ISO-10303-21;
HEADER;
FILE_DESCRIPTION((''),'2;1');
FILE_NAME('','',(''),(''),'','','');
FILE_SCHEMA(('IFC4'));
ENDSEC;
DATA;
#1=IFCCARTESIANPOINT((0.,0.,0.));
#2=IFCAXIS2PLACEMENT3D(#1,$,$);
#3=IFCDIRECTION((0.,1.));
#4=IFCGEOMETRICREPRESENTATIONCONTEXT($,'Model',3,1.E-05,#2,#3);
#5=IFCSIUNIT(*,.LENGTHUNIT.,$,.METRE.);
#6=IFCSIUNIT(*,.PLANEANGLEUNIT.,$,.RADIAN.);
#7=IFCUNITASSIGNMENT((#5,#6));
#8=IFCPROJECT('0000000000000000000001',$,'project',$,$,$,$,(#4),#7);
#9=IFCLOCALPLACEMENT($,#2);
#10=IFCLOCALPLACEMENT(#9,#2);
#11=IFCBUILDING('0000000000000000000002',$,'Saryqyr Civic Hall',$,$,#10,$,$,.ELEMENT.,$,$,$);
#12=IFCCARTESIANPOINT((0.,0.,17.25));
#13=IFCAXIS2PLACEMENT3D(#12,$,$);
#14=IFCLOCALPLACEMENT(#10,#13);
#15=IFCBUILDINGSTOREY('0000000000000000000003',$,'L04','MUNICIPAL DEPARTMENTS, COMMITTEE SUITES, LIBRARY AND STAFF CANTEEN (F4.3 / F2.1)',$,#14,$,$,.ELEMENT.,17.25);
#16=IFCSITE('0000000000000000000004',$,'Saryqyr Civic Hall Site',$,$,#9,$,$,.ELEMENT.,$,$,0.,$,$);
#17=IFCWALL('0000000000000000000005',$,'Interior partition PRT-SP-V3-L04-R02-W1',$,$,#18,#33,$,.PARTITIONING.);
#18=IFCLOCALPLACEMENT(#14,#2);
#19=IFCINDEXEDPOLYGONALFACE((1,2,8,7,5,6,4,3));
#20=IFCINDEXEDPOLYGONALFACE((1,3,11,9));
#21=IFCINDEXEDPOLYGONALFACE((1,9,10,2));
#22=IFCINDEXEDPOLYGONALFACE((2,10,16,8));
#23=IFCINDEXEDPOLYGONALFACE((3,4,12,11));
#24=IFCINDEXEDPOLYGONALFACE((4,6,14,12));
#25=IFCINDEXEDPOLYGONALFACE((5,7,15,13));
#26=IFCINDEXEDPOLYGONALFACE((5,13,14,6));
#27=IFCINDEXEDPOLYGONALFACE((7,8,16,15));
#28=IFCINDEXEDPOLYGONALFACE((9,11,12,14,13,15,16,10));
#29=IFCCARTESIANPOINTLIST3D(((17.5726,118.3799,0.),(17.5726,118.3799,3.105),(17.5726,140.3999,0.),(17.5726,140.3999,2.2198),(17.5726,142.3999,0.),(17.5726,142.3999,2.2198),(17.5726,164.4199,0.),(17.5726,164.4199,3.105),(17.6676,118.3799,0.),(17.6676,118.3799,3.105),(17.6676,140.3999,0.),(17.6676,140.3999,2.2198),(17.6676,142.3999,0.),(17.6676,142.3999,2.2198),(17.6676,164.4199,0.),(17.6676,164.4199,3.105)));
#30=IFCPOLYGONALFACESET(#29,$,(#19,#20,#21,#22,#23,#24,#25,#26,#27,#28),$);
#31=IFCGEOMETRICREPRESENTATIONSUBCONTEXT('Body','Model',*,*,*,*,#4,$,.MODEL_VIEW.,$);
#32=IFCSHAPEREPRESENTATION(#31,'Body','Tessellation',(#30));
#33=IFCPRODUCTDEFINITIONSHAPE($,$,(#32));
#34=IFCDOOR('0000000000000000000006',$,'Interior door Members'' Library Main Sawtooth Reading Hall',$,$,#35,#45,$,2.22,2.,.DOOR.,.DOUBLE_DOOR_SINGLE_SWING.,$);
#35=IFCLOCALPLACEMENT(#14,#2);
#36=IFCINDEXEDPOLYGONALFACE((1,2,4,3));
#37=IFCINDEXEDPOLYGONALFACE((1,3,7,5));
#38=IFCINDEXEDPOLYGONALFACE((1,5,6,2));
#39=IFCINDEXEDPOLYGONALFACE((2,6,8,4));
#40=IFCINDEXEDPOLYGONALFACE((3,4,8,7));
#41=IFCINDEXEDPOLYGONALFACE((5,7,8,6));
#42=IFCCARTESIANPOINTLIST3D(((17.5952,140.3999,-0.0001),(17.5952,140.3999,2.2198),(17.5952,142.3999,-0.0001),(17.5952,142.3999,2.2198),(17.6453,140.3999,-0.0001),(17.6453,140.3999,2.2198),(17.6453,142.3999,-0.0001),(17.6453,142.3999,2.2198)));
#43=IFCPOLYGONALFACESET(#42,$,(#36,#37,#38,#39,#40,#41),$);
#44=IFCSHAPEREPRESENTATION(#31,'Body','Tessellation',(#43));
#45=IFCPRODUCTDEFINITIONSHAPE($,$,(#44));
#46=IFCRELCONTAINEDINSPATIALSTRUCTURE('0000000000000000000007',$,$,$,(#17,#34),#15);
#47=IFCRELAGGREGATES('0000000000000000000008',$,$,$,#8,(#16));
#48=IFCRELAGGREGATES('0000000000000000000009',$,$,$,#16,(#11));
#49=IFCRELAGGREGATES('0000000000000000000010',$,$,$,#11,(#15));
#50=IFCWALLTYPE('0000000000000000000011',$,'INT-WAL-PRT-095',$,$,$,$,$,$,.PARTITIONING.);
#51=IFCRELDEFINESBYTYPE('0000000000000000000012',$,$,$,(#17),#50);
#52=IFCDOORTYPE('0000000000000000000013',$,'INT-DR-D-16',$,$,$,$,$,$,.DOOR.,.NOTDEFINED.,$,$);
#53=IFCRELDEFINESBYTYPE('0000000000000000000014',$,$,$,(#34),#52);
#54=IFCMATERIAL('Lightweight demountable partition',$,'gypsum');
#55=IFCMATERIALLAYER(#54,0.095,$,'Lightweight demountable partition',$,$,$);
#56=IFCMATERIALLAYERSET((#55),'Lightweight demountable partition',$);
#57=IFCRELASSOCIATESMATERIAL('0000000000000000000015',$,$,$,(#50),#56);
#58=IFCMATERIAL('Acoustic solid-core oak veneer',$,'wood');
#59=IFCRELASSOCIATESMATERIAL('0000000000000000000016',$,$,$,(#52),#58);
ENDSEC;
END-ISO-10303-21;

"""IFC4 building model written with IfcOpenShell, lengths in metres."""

from ifc_helpers import new_model, si_unit, direction, frame, frame_2d, origin, place, context, subcontext, project, spatial, rectangle, extrude, material, layer, layer_set, type_object, element, fill, save


model = new_model("IFC4")

# Units and contexts
model_context = context("Model", 3, precision=1e-05, world=origin(), true_north=direction((0.0, 1.0)))
body_context = subcontext(model_context, "Body", "Model", "MODEL_VIEW")
ifc_project = project(units=[si_unit("LENGTHUNIT", "METRE"), si_unit("PLANEANGLEUNIT", "RADIAN")], contexts=[model_context])

# Site, building, storey
site_placement = place(None, origin())
site = spatial("IfcSite", under=ifc_project, at=site_placement, Name="Saryqyr Civic Hall Site", CompositionType="ELEMENT", RefElevation=0.0)
building_placement = place(site_placement, origin())
building = spatial("IfcBuilding", under=site, at=building_placement, Name="Saryqyr Civic Hall", CompositionType="ELEMENT")
storey_placement = place(building_placement, frame((0.0, 0.0, 17.25)))
storey = spatial("IfcBuildingStorey", under=building, at=storey_placement, Name="L04", Description="MUNICIPAL DEPARTMENTS, COMMITTEE SUITES, LIBRARY AND STAFF CANTEEN (F4.3 / F2.1)", CompositionType="ELEMENT", Elevation=17.25)

# Wall, opening, door
ifc_material_1 = material(Name="Lightweight demountable partition", Category="gypsum")
ifc_layer_1 = layer(ifc_material_1, 0.095, Name="Lightweight demountable partition")
ifc_layer_set_1 = layer_set([ifc_layer_1], Name="Lightweight demountable partition")
wall_type_1 = type_object("IfcWallType", Name="INT-WAL-PRT-095", PredefinedType="PARTITIONING", material=ifc_layer_set_1)
wall_1_placement = place(storey_placement, frame((17.6201, 118.3799, 0.0), z_axis=(0.0, 0.0, 1.0), x_axis=(0.0, 1.0, 0.0)))
wall_1 = element("IfcWall", 1, at=wall_1_placement, inside=storey, type_object=wall_type_1, Name="Interior partition PRT-SP-V3-L04-R02-W1", PredefinedType="PARTITIONING", context=body_context, shape_type="SweptSolid", body=[
    extrude(rectangle(XDim=46.04, YDim=0.095, at=frame_2d((23.02, 0.0))), origin(), (0.0, 0.0, 1.0), 3.105),
])
opening_1_placement = place(wall_1_placement, frame((22.02, 0.0, 0.0)))
opening_1 = element("IfcOpeningElement", 2, at=opening_1_placement, cuts=wall_1, PredefinedType="OPENING", context=body_context, shape_type="SweptSolid", body=[
    extrude(rectangle(XDim=2.0, YDim=2.22, at=frame_2d((1.0, 1.1099))), frame((0.0, 0.0574, 0.0), z_axis=(0.0, -1.0, 0.0), x_axis=(1.0, 0.0, 0.0)), (0.0, 0.0, 1.0), 0.115),
])
ifc_material_2 = material(Name="Acoustic solid-core oak veneer", Category="wood")
door_type = type_object("IfcDoorType", Name="INT-DR-D-16", OperationType="NOTDEFINED", PredefinedType="DOOR", material=ifc_material_2)
door_placement = place(opening_1_placement, origin())
door = element("IfcDoor", 3, at=door_placement, inside=storey, type_object=door_type, Name="Interior door Members' Library Main Sawtooth Reading Hall", OperationType="DOUBLE_DOOR_SINGLE_SWING", OverallHeight=2.22, OverallWidth=2.0, PredefinedType="DOOR", context=body_context, shape_type="SweptSolid", body=[
    extrude(rectangle(XDim=2.0, YDim=2.22, at=frame_2d((1.0, 1.1099))), frame((0.0, 0.0249, 0.0), z_axis=(0.0, -1.0, 0.0), x_axis=(1.0, 0.0, 0.0)), (0.0, 0.0, 1.0), 0.05),
])
fill(opening_1, door)

save(model, "model.ifc")
